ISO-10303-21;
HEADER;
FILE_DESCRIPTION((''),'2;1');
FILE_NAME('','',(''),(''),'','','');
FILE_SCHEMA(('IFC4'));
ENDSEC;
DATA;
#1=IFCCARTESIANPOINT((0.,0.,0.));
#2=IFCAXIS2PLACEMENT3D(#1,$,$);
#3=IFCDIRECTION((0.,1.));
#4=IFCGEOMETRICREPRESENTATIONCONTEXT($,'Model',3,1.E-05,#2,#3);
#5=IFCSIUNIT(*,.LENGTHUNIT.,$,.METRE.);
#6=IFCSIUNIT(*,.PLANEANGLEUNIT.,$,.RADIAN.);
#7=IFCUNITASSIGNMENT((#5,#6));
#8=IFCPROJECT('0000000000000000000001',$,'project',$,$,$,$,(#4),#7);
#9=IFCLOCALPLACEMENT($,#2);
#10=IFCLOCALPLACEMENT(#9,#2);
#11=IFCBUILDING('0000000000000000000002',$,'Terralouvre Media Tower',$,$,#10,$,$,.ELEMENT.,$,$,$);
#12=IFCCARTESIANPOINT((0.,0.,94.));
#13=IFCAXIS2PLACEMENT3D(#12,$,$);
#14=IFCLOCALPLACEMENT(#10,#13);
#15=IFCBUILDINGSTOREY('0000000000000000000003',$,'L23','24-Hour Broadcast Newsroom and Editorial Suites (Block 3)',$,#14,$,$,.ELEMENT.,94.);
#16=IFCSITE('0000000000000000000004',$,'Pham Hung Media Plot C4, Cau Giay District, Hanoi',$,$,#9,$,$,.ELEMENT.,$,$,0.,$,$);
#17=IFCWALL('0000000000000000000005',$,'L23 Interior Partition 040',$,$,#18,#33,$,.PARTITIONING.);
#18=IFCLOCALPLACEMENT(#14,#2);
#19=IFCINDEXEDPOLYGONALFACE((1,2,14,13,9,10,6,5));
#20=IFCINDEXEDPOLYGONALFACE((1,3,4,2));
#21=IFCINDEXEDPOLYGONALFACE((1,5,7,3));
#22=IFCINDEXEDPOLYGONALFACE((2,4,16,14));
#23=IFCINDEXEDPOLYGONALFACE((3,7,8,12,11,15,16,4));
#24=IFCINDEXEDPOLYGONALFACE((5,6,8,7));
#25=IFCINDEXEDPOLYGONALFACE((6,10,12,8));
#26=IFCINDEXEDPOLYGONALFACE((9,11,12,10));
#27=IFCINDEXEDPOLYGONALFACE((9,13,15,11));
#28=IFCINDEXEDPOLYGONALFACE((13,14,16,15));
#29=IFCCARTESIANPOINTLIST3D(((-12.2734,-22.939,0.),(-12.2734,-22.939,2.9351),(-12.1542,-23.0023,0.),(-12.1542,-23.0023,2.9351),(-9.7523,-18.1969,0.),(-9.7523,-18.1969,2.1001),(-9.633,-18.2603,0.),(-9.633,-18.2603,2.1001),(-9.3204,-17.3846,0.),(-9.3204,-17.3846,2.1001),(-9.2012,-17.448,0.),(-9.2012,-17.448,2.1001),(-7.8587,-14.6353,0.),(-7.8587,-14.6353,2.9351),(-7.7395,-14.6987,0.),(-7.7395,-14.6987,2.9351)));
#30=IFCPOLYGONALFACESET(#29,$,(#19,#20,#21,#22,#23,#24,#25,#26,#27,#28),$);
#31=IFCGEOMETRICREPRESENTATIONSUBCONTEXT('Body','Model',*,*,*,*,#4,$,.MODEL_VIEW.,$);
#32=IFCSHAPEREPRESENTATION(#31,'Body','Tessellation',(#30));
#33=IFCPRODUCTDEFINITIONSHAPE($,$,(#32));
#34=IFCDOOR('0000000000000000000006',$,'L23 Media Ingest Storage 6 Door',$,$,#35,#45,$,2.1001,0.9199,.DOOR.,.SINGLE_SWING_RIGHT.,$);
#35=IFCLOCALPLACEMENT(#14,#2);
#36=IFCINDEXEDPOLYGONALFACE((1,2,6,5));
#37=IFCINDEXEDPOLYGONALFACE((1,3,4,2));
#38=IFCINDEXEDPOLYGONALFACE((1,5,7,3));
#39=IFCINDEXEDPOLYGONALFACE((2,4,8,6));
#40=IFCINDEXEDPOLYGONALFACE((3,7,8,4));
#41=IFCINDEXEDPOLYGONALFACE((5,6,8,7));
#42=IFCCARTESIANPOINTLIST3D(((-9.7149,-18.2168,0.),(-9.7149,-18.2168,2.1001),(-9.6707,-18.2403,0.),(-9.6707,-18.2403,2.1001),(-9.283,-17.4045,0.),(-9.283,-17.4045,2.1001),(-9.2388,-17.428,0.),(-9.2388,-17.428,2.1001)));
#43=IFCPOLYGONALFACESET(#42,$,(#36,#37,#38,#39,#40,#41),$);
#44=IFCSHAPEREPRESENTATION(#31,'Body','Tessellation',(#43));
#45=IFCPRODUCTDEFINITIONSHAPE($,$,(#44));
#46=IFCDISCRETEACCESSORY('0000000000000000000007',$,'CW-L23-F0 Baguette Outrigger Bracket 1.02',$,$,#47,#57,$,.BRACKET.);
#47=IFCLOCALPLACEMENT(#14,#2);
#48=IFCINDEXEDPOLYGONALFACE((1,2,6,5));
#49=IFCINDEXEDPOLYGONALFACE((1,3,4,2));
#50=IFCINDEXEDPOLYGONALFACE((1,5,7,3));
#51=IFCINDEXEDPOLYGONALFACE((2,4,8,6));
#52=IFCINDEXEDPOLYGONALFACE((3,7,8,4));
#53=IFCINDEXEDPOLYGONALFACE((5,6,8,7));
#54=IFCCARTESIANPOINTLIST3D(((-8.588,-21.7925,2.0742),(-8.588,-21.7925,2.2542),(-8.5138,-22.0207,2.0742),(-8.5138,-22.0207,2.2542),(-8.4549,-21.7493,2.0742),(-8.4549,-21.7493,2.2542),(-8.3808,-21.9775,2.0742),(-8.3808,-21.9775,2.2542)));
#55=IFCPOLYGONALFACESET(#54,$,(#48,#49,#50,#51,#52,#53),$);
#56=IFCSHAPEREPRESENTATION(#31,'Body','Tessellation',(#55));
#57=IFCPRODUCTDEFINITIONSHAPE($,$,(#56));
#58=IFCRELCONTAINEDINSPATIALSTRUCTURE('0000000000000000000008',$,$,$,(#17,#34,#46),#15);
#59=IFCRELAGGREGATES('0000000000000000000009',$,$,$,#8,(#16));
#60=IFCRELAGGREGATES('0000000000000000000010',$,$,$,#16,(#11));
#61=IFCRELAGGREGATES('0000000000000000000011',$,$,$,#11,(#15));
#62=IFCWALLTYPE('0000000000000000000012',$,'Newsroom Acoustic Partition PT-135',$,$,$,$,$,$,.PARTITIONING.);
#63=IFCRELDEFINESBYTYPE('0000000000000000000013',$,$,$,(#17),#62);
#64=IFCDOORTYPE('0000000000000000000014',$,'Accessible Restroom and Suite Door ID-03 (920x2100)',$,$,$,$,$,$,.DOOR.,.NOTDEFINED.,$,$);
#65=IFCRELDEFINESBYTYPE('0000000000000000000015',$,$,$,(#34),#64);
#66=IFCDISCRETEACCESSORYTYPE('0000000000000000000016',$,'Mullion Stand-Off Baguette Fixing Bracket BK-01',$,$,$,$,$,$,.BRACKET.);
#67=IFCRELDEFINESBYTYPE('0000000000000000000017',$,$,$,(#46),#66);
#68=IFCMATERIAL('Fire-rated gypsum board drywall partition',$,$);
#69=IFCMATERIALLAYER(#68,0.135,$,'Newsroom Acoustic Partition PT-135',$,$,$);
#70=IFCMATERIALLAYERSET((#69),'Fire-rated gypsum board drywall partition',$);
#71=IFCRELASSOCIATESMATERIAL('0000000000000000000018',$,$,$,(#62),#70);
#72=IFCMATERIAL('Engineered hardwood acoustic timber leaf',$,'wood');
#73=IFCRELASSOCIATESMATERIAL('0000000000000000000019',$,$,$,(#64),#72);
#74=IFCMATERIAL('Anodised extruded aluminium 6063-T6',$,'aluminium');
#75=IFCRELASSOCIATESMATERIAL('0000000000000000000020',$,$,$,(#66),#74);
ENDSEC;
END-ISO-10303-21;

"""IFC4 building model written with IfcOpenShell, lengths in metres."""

from ifc_helpers import new_model, si_unit, direction, frame, frame_2d, origin, origin_2d, place, context, subcontext, project, spatial, rectangle, extrude, material, layer, layer_set, type_object, element, fill, save


model = new_model("IFC4")

# Units and contexts
model_context = context("Model", 3, precision=1e-05, world=origin(), true_north=direction((0.0, 1.0)))
body_context = subcontext(model_context, "Body", "Model", "MODEL_VIEW")
ifc_project = project(units=[si_unit("LENGTHUNIT", "METRE"), si_unit("PLANEANGLEUNIT", "RADIAN")], contexts=[model_context])

# Site, building, storey
site_placement = place(None, origin())
site = spatial("IfcSite", under=ifc_project, at=site_placement, Name="Pham Hung Media Plot C4, Cau Giay District, Hanoi", CompositionType="ELEMENT", RefElevation=0.0)
building_placement = place(site_placement, origin())
building = spatial("IfcBuilding", under=site, at=building_placement, Name="Terralouvre Media Tower", CompositionType="ELEMENT")
storey_placement = place(building_placement, frame((0.0, 0.0, 94.0)))
storey = spatial("IfcBuildingStorey", under=building, at=storey_placement, Name="L23", Description="24-Hour Broadcast Newsroom and Editorial Suites (Block 3)", CompositionType="ELEMENT", Elevation=94.0)

# Shared definitions
ifc_material_1 = material(Name="Fire-rated gypsum board drywall partition")
ifc_layer_1 = layer(ifc_material_1, 0.135, Name="Newsroom Acoustic Partition PT-135")
ifc_layer_set_1 = layer_set([ifc_layer_1], Name="Fire-rated gypsum board drywall partition")
wall_type = type_object("IfcWallType", Name="Newsroom Acoustic Partition PT-135", PredefinedType="PARTITIONING", material=ifc_layer_set_1)

# Wall, opening, door
wall_1_placement = place(storey_placement, frame((-7.7991, -14.667, 0.0), z_axis=(0.0, 0.0, 1.0), x_axis=(-0.469441, -0.882964, 0.0)))
wall_1 = element("IfcWall", 1, at=wall_1_placement, inside=storey, type_object=wall_type, Name="L23 Interior Partition 040", PredefinedType="PARTITIONING", context=body_context, shape_type="SweptSolid", body=[
    extrude(rectangle(XDim=9.4043, YDim=0.135, at=frame_2d((4.7021, 0.0))), origin(), (0.0, 0.0, 1.0), 2.9351),
])
opening_1_placement = place(wall_1_placement, frame((3.1138, 0.0, 0.0)))
opening_1 = element("IfcOpeningElement", 2, at=opening_1_placement, cuts=wall_1, PredefinedType="OPENING", context=body_context, shape_type="SweptSolid", body=[
    extrude(rectangle(XDim=0.9199, YDim=2.1001, at=frame_2d((0.46, 1.05))), frame((0.0, 0.0774, 0.0), z_axis=(0.0, -1.0, 0.0), x_axis=(1.0, 0.0, 0.0)), (0.0, 0.0, 1.0), 0.155),
])
ifc_material_2 = material(Name="Engineered hardwood acoustic timber leaf", Category="wood")
door_type_1 = type_object("IfcDoorType", Name="Accessible Restroom and Suite Door ID-03 (920x2100)", OperationType="NOTDEFINED", PredefinedType="DOOR", material=ifc_material_2)
door_1_placement = place(opening_1_placement, origin())
door_1 = element("IfcDoor", 3, at=door_1_placement, inside=storey, type_object=door_type_1, Name="L23 Media Ingest Storage 6 Door", OperationType="SINGLE_SWING_RIGHT", OverallHeight=2.1001, OverallWidth=0.9199, PredefinedType="DOOR", context=body_context, shape_type="SweptSolid", body=[
    extrude(rectangle(XDim=0.9199, YDim=2.1001, at=frame_2d((0.46, 1.05))), frame((0.0, 0.0249, 0.0), z_axis=(0.0, -1.0, 0.0), x_axis=(1.0, 0.0, 0.0)), (0.0, 0.0, 1.0), 0.05),
])
fill(opening_1, door_1)

# Discrete accessory
ifc_material_3 = material(Name="Anodised extruded aluminium 6063-T6", Category="aluminium")
discrete_accessory_type = type_object("IfcDiscreteAccessoryType", Name="Mullion Stand-Off Baguette Fixing Bracket BK-01", PredefinedType="BRACKET", material=ifc_material_3)
discrete_accessory_placement = place(storey_placement, frame((-8.4844, -21.885, 2.0742), z_axis=(0.0, 0.0, 1.0), x_axis=(0.951057, 0.309017, 0.0)))
element("IfcDiscreteAccessory", 4, at=discrete_accessory_placement, inside=storey, type_object=discrete_accessory_type, Name="CW-L23-F0 Baguette Outrigger Bracket 1.02", PredefinedType="BRACKET", context=body_context, shape_type="SweptSolid", body=[
    extrude(rectangle(XDim=0.1399, YDim=0.24, at=origin_2d()), origin(), (0.0, 0.0, 1.0), 0.1799),
])

save(model, "model.ifc")
